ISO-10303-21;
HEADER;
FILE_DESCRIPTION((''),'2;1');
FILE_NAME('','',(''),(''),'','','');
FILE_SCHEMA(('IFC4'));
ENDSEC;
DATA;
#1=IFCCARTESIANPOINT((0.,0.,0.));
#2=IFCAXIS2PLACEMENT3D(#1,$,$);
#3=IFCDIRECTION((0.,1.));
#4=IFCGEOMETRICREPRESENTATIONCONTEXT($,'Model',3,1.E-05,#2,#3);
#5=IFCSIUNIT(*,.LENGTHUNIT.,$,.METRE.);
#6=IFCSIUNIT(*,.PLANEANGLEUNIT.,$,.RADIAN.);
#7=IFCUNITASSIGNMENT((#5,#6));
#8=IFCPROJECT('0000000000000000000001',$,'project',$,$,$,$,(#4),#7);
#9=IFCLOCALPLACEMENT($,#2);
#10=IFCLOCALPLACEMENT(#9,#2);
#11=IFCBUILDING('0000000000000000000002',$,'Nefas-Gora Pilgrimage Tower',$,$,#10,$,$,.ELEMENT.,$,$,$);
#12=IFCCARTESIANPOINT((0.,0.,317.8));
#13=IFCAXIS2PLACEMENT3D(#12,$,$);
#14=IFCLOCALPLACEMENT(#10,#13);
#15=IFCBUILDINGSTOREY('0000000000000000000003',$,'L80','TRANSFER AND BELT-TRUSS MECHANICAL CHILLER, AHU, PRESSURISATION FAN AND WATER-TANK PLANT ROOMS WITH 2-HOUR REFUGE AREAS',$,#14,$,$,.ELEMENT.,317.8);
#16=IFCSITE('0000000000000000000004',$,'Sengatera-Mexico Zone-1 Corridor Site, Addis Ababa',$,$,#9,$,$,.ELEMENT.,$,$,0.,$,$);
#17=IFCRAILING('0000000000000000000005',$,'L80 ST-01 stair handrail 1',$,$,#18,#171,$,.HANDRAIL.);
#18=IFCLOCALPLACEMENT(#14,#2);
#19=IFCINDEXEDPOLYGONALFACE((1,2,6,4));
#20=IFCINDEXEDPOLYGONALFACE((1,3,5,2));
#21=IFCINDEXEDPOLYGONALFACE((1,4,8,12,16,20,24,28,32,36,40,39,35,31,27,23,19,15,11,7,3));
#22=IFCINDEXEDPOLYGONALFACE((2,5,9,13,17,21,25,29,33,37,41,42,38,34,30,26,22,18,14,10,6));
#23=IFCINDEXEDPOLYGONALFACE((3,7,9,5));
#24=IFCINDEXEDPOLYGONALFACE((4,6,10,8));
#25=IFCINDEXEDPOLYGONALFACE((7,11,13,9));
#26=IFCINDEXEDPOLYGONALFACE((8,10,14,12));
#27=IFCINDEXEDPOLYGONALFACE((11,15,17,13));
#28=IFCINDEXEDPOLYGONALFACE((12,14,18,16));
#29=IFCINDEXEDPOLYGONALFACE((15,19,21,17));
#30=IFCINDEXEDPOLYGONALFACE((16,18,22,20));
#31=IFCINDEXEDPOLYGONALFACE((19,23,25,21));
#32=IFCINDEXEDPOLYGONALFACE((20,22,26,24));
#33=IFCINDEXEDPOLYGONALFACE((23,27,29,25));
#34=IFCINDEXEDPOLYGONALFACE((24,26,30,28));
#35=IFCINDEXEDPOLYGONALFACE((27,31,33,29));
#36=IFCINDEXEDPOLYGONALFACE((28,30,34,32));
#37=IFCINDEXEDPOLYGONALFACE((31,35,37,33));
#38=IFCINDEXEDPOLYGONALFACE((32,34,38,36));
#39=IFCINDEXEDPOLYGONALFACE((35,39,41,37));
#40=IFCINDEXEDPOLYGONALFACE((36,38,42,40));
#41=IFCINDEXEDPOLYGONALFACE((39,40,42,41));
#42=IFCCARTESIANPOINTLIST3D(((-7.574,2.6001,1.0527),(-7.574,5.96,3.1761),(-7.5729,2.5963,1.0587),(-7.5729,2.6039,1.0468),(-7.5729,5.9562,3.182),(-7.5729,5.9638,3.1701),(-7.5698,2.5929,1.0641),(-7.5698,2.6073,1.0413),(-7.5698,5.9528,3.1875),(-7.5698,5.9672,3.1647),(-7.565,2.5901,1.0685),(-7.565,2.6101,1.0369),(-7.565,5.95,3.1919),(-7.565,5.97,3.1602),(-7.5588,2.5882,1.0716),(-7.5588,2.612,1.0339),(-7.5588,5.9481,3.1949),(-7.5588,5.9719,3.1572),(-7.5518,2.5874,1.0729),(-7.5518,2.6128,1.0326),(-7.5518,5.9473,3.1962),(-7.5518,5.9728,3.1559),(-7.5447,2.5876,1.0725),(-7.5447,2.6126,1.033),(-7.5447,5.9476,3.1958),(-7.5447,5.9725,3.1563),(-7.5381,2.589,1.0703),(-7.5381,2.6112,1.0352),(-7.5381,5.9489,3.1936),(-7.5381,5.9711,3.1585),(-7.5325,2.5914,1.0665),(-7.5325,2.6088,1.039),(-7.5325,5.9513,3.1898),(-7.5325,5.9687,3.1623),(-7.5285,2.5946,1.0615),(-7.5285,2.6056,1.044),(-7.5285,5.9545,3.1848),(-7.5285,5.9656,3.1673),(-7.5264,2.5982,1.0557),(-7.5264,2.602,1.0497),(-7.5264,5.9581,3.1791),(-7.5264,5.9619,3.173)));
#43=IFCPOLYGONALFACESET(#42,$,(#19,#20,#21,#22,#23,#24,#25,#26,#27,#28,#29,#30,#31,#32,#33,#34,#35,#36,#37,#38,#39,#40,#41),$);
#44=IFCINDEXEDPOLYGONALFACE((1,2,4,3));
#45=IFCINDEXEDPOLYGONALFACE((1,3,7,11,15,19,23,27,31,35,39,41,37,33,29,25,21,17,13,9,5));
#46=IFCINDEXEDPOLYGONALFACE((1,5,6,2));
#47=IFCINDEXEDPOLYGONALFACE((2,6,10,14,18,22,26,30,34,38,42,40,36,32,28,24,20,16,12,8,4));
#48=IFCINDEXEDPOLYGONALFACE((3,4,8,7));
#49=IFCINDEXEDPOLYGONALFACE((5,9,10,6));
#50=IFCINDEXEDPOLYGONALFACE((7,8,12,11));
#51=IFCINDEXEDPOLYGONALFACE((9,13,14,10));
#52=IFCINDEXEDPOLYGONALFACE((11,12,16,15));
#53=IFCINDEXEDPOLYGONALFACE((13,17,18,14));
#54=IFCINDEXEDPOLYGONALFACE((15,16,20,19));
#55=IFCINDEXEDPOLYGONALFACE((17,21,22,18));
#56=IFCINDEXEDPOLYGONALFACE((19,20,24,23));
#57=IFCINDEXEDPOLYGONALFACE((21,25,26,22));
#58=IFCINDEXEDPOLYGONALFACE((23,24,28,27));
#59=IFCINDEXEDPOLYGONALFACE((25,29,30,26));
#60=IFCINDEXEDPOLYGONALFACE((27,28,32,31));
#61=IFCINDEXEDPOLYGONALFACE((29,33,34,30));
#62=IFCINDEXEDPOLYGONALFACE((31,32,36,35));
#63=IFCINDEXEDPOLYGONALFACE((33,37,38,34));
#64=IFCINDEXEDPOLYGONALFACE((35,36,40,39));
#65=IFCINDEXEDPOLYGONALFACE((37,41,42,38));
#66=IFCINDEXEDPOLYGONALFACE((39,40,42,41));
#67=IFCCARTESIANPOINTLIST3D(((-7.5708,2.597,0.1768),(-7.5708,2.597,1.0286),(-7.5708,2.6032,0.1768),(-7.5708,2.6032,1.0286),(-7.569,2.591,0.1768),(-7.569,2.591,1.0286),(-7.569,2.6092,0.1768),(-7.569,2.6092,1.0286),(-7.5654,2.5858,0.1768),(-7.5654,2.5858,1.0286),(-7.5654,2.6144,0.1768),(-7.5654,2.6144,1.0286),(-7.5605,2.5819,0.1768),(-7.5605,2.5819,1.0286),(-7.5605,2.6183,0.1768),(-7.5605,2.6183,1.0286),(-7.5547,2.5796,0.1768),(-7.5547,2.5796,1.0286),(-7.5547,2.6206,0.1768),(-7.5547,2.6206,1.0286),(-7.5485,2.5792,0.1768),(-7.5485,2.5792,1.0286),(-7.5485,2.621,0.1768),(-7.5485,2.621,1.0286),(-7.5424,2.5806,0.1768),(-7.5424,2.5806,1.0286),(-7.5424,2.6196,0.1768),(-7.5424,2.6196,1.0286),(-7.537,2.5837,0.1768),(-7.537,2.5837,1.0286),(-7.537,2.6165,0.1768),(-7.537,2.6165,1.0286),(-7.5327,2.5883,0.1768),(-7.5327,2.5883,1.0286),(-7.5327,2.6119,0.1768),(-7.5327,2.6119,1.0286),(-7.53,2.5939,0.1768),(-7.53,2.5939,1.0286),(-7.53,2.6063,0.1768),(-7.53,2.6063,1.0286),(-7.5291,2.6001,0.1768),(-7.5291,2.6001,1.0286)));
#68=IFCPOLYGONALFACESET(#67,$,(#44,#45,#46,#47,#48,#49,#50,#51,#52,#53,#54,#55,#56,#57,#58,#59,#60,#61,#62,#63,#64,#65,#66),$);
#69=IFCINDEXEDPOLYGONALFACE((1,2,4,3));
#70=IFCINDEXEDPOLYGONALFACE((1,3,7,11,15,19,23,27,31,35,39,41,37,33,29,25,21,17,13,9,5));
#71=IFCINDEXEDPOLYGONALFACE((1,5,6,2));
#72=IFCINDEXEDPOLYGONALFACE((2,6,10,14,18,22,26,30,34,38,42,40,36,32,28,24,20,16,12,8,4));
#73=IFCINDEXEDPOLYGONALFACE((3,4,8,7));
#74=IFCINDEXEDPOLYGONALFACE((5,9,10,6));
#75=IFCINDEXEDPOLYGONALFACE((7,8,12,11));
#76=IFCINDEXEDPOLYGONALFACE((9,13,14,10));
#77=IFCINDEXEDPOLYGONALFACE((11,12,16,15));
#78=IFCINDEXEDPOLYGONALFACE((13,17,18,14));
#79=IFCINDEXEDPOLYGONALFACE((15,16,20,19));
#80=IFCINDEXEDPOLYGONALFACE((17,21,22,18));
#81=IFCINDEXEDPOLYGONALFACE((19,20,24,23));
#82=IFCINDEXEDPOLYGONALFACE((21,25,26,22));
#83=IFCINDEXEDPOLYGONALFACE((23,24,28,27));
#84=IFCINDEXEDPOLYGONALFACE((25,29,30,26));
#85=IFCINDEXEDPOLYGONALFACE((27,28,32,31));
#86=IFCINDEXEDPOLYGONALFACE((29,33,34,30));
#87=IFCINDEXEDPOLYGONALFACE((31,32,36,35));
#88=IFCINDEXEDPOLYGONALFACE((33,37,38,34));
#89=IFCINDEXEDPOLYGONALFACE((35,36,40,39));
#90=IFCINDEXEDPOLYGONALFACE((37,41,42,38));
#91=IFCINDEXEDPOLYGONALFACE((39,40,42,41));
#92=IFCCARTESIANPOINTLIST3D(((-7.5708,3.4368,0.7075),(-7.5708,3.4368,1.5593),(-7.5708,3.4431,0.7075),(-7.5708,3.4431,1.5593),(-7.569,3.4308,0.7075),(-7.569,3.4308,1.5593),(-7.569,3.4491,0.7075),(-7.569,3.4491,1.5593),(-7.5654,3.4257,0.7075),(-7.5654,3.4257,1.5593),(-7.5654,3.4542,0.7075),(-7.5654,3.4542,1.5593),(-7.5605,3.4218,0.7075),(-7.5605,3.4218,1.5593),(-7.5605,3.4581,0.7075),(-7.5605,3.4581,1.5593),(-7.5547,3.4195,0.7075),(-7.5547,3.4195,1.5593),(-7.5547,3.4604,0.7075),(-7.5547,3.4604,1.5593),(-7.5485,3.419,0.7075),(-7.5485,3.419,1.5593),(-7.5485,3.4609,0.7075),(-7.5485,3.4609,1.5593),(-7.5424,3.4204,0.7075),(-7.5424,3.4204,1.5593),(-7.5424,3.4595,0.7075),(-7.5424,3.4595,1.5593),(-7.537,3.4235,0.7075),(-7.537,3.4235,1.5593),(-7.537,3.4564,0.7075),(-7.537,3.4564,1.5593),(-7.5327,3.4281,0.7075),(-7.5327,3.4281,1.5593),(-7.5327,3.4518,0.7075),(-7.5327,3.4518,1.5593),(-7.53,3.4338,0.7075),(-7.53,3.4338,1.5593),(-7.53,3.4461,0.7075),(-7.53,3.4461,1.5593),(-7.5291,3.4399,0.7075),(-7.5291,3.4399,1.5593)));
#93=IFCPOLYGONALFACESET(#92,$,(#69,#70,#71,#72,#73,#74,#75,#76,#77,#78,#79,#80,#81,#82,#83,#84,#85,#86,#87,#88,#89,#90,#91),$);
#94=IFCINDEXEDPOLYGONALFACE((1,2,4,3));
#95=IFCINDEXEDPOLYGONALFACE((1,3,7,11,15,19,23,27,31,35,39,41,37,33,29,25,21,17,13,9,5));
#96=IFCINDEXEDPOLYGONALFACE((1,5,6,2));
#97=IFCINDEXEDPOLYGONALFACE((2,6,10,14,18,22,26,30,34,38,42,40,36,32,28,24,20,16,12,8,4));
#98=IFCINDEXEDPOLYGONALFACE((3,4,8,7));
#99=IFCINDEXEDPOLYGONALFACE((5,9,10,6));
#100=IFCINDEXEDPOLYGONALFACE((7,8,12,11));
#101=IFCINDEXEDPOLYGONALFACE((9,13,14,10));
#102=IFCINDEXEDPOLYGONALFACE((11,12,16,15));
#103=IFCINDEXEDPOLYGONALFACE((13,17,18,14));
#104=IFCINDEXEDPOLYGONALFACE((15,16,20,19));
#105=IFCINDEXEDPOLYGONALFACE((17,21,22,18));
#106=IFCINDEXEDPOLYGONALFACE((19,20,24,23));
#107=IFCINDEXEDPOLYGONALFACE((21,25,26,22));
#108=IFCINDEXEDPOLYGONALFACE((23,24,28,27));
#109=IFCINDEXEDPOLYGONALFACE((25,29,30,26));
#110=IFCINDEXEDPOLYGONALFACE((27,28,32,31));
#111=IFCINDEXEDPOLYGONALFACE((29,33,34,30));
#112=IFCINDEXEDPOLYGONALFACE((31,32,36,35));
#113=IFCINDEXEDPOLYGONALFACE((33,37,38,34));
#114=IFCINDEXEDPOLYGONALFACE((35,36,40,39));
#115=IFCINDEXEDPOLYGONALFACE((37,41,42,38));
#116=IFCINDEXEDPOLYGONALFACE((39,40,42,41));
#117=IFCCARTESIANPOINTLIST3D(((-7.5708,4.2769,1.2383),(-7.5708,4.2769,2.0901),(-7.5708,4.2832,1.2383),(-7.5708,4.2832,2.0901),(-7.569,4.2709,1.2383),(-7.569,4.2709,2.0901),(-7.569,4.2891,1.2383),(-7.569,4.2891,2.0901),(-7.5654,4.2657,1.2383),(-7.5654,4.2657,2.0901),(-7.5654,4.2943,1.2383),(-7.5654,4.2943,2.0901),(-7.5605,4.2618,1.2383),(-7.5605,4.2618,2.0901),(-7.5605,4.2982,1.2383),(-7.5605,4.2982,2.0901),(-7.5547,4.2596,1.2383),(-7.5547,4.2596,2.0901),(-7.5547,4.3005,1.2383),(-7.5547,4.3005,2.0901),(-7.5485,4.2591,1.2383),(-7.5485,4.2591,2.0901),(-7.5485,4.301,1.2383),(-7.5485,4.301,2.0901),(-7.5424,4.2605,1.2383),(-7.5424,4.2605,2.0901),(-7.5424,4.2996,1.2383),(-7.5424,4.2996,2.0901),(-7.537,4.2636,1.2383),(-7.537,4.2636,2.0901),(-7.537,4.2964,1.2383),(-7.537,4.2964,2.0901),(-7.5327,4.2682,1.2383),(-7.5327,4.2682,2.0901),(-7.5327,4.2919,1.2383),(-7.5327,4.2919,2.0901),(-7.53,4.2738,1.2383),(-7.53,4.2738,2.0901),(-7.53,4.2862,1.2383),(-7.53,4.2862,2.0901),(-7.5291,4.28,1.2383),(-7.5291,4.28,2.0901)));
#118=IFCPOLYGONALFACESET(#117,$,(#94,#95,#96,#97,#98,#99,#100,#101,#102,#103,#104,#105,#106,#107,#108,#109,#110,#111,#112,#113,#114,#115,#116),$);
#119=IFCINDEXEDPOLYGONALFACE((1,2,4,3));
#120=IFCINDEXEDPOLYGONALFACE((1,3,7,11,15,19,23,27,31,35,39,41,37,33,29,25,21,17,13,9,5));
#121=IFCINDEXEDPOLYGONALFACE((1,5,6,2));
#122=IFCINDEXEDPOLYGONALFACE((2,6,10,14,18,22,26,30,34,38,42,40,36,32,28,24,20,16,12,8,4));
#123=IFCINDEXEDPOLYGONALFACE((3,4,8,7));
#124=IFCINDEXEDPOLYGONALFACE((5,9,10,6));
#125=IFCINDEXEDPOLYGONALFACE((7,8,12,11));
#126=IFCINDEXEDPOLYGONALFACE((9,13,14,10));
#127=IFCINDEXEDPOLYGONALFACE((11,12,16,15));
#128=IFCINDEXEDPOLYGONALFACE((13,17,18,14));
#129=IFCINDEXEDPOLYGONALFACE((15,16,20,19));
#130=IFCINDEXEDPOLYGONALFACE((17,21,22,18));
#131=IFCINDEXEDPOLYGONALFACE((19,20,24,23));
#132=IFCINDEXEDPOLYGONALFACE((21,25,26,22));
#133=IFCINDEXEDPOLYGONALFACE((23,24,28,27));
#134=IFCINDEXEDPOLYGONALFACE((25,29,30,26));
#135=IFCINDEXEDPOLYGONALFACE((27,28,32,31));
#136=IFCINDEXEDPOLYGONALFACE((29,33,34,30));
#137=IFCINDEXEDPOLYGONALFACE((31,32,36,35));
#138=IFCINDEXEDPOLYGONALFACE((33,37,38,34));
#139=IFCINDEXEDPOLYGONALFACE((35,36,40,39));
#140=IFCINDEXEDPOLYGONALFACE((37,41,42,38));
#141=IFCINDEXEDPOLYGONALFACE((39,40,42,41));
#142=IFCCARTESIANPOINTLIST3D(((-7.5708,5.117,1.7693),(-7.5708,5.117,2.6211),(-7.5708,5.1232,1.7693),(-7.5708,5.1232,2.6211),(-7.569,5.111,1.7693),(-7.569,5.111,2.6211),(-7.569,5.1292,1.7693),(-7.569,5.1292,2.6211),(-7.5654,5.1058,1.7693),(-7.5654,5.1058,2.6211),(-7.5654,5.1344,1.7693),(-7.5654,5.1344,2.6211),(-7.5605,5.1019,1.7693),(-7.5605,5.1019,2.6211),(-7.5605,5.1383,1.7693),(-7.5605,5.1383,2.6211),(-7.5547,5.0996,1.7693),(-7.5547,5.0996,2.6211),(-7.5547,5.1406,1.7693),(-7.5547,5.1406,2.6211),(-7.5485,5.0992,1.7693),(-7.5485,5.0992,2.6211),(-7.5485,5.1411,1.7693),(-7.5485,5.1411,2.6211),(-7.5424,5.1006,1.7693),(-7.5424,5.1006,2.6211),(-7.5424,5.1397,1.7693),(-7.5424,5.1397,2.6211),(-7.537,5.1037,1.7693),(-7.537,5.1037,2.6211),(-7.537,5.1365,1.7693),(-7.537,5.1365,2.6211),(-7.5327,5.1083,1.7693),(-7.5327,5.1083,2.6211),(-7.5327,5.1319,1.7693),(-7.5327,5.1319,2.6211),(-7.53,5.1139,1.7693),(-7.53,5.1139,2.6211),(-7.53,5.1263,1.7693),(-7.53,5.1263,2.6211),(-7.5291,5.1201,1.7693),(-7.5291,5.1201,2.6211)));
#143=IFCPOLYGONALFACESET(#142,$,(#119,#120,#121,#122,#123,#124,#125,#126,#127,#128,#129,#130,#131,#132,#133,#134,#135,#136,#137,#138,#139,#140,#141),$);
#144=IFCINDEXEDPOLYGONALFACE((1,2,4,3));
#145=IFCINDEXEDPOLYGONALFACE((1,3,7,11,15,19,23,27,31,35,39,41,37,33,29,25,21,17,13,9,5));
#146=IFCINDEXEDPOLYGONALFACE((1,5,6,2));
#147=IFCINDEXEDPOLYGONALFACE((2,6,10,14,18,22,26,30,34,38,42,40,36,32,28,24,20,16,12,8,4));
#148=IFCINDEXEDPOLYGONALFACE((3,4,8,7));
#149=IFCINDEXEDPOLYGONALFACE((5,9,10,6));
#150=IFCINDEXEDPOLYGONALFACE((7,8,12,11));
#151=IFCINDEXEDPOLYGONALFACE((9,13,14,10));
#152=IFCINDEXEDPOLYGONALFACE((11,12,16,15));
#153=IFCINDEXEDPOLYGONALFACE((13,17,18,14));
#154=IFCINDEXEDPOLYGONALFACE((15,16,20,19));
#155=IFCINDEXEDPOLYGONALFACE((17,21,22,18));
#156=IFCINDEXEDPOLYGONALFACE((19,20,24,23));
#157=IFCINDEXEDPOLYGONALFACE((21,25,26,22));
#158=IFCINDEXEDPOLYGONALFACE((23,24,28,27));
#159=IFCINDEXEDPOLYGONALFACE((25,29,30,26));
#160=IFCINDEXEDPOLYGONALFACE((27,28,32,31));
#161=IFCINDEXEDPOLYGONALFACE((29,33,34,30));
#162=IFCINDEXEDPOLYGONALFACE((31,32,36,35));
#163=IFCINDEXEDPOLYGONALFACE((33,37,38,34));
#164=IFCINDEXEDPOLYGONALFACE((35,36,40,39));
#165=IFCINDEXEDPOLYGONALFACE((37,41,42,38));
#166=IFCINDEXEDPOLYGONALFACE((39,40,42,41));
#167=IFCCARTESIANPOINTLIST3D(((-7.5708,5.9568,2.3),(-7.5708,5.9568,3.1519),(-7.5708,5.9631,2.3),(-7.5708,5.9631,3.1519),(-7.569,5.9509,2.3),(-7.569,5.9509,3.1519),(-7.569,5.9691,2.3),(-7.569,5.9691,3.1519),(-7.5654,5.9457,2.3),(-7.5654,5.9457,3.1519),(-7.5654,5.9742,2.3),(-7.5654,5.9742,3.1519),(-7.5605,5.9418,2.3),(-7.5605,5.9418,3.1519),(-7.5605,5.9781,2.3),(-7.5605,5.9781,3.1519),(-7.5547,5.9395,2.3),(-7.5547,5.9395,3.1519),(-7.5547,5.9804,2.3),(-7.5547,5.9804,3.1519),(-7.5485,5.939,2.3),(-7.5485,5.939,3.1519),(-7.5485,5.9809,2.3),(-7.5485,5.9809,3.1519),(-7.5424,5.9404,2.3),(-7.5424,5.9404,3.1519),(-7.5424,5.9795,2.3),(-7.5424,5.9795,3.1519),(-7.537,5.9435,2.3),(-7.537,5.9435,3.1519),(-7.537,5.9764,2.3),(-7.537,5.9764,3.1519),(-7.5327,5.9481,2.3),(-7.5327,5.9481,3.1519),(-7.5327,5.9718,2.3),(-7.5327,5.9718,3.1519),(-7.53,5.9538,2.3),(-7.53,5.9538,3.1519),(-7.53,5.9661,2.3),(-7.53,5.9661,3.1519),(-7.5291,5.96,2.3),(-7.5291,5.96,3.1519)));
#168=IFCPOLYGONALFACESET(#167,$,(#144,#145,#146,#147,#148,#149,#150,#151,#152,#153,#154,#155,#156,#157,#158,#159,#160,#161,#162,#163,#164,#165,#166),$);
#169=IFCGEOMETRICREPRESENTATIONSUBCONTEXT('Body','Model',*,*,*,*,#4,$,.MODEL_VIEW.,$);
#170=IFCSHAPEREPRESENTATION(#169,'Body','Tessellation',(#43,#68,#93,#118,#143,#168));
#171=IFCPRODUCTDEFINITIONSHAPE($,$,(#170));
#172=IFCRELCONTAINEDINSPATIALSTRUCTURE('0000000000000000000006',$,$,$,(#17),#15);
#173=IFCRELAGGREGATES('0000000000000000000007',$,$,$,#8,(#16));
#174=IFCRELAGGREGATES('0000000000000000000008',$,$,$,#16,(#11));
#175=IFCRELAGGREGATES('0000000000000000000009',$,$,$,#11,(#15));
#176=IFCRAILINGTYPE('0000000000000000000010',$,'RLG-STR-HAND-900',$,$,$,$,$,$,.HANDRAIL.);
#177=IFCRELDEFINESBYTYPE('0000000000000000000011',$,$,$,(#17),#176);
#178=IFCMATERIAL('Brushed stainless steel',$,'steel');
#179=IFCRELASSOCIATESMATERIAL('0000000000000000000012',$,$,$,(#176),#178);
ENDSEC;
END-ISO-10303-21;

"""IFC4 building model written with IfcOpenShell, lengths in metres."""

from ifc_helpers import new_model, si_unit, direction, frame, origin, origin_2d, place, context, subcontext, project, spatial, circle, extrude, material, type_object, element, save


model = new_model("IFC4")

# Units and contexts
model_context = context("Model", 3, precision=1e-05, world=origin(), true_north=direction((0.0, 1.0)))
body_context = subcontext(model_context, "Body", "Model", "MODEL_VIEW")
ifc_project = project(units=[si_unit("LENGTHUNIT", "METRE"), si_unit("PLANEANGLEUNIT", "RADIAN")], contexts=[model_context])

# Site, building, storey
site_placement = place(None, origin())
site = spatial("IfcSite", under=ifc_project, at=site_placement, Name="Sengatera-Mexico Zone-1 Corridor Site, Addis Ababa", CompositionType="ELEMENT", RefElevation=0.0)
building_placement = place(site_placement, origin())
building = spatial("IfcBuilding", under=site, at=building_placement, Name="Nefas-Gora Pilgrimage Tower", CompositionType="ELEMENT")
storey_placement = place(building_placement, frame((0.0, 0.0, 317.8)))
storey = spatial("IfcBuildingStorey", under=building, at=storey_placement, Name="L80", Description="TRANSFER AND BELT-TRUSS MECHANICAL CHILLER, AHU, PRESSURISATION FAN AND WATER-TANK PLANT ROOMS WITH 2-HOUR REFUGE AREAS", CompositionType="ELEMENT", Elevation=317.8)

# Railing
ifc_material_1 = material(Name="Brushed stainless steel", Category="steel")
railing_type_1 = type_object("IfcRailingType", Name="RLG-STR-HAND-900", PredefinedType="HANDRAIL", material=ifc_material_1)
railing_1_placement = place(storey_placement, frame((-7.55, 2.6001, 0.1768)))
element("IfcRailing", 1, at=railing_1_placement, inside=storey, type_object=railing_type_1, Name="L80 ST-01 stair handrail 1", PredefinedType="HANDRAIL", context=body_context, shape_type="SweptSolid", body=[
    extrude(circle(Radius=0.0239, at=origin_2d()), frame((0.0, 0.0, 0.876), z_axis=(0.0, 0.845344, 0.534222), x_axis=(-1.0, 0.0, 0.0)), (0.0, 0.0, 1.0), 3.9746),
    extrude(circle(Radius=0.021, at=origin_2d()), origin(), (0.0, 0.0, 1.0), 0.8518),
    extrude(circle(Radius=0.021, at=origin_2d()), frame((0.0, 0.8398, 0.5308)), (0.0, 0.0, 1.0), 0.8518),
    extrude(circle(Radius=0.021, at=origin_2d()), frame((0.0, 1.6799, 1.0615)), (0.0, 0.0, 1.0), 0.8518),
    extrude(circle(Radius=0.021, at=origin_2d()), frame((0.0, 2.52, 1.5925)), (0.0, 0.0, 1.0), 0.8518),
    extrude(circle(Radius=0.021, at=origin_2d()), frame((0.0, 3.3599, 2.1233)), (0.0, 0.0, 1.0), 0.8518),
])

save(model, "model.ifc")
